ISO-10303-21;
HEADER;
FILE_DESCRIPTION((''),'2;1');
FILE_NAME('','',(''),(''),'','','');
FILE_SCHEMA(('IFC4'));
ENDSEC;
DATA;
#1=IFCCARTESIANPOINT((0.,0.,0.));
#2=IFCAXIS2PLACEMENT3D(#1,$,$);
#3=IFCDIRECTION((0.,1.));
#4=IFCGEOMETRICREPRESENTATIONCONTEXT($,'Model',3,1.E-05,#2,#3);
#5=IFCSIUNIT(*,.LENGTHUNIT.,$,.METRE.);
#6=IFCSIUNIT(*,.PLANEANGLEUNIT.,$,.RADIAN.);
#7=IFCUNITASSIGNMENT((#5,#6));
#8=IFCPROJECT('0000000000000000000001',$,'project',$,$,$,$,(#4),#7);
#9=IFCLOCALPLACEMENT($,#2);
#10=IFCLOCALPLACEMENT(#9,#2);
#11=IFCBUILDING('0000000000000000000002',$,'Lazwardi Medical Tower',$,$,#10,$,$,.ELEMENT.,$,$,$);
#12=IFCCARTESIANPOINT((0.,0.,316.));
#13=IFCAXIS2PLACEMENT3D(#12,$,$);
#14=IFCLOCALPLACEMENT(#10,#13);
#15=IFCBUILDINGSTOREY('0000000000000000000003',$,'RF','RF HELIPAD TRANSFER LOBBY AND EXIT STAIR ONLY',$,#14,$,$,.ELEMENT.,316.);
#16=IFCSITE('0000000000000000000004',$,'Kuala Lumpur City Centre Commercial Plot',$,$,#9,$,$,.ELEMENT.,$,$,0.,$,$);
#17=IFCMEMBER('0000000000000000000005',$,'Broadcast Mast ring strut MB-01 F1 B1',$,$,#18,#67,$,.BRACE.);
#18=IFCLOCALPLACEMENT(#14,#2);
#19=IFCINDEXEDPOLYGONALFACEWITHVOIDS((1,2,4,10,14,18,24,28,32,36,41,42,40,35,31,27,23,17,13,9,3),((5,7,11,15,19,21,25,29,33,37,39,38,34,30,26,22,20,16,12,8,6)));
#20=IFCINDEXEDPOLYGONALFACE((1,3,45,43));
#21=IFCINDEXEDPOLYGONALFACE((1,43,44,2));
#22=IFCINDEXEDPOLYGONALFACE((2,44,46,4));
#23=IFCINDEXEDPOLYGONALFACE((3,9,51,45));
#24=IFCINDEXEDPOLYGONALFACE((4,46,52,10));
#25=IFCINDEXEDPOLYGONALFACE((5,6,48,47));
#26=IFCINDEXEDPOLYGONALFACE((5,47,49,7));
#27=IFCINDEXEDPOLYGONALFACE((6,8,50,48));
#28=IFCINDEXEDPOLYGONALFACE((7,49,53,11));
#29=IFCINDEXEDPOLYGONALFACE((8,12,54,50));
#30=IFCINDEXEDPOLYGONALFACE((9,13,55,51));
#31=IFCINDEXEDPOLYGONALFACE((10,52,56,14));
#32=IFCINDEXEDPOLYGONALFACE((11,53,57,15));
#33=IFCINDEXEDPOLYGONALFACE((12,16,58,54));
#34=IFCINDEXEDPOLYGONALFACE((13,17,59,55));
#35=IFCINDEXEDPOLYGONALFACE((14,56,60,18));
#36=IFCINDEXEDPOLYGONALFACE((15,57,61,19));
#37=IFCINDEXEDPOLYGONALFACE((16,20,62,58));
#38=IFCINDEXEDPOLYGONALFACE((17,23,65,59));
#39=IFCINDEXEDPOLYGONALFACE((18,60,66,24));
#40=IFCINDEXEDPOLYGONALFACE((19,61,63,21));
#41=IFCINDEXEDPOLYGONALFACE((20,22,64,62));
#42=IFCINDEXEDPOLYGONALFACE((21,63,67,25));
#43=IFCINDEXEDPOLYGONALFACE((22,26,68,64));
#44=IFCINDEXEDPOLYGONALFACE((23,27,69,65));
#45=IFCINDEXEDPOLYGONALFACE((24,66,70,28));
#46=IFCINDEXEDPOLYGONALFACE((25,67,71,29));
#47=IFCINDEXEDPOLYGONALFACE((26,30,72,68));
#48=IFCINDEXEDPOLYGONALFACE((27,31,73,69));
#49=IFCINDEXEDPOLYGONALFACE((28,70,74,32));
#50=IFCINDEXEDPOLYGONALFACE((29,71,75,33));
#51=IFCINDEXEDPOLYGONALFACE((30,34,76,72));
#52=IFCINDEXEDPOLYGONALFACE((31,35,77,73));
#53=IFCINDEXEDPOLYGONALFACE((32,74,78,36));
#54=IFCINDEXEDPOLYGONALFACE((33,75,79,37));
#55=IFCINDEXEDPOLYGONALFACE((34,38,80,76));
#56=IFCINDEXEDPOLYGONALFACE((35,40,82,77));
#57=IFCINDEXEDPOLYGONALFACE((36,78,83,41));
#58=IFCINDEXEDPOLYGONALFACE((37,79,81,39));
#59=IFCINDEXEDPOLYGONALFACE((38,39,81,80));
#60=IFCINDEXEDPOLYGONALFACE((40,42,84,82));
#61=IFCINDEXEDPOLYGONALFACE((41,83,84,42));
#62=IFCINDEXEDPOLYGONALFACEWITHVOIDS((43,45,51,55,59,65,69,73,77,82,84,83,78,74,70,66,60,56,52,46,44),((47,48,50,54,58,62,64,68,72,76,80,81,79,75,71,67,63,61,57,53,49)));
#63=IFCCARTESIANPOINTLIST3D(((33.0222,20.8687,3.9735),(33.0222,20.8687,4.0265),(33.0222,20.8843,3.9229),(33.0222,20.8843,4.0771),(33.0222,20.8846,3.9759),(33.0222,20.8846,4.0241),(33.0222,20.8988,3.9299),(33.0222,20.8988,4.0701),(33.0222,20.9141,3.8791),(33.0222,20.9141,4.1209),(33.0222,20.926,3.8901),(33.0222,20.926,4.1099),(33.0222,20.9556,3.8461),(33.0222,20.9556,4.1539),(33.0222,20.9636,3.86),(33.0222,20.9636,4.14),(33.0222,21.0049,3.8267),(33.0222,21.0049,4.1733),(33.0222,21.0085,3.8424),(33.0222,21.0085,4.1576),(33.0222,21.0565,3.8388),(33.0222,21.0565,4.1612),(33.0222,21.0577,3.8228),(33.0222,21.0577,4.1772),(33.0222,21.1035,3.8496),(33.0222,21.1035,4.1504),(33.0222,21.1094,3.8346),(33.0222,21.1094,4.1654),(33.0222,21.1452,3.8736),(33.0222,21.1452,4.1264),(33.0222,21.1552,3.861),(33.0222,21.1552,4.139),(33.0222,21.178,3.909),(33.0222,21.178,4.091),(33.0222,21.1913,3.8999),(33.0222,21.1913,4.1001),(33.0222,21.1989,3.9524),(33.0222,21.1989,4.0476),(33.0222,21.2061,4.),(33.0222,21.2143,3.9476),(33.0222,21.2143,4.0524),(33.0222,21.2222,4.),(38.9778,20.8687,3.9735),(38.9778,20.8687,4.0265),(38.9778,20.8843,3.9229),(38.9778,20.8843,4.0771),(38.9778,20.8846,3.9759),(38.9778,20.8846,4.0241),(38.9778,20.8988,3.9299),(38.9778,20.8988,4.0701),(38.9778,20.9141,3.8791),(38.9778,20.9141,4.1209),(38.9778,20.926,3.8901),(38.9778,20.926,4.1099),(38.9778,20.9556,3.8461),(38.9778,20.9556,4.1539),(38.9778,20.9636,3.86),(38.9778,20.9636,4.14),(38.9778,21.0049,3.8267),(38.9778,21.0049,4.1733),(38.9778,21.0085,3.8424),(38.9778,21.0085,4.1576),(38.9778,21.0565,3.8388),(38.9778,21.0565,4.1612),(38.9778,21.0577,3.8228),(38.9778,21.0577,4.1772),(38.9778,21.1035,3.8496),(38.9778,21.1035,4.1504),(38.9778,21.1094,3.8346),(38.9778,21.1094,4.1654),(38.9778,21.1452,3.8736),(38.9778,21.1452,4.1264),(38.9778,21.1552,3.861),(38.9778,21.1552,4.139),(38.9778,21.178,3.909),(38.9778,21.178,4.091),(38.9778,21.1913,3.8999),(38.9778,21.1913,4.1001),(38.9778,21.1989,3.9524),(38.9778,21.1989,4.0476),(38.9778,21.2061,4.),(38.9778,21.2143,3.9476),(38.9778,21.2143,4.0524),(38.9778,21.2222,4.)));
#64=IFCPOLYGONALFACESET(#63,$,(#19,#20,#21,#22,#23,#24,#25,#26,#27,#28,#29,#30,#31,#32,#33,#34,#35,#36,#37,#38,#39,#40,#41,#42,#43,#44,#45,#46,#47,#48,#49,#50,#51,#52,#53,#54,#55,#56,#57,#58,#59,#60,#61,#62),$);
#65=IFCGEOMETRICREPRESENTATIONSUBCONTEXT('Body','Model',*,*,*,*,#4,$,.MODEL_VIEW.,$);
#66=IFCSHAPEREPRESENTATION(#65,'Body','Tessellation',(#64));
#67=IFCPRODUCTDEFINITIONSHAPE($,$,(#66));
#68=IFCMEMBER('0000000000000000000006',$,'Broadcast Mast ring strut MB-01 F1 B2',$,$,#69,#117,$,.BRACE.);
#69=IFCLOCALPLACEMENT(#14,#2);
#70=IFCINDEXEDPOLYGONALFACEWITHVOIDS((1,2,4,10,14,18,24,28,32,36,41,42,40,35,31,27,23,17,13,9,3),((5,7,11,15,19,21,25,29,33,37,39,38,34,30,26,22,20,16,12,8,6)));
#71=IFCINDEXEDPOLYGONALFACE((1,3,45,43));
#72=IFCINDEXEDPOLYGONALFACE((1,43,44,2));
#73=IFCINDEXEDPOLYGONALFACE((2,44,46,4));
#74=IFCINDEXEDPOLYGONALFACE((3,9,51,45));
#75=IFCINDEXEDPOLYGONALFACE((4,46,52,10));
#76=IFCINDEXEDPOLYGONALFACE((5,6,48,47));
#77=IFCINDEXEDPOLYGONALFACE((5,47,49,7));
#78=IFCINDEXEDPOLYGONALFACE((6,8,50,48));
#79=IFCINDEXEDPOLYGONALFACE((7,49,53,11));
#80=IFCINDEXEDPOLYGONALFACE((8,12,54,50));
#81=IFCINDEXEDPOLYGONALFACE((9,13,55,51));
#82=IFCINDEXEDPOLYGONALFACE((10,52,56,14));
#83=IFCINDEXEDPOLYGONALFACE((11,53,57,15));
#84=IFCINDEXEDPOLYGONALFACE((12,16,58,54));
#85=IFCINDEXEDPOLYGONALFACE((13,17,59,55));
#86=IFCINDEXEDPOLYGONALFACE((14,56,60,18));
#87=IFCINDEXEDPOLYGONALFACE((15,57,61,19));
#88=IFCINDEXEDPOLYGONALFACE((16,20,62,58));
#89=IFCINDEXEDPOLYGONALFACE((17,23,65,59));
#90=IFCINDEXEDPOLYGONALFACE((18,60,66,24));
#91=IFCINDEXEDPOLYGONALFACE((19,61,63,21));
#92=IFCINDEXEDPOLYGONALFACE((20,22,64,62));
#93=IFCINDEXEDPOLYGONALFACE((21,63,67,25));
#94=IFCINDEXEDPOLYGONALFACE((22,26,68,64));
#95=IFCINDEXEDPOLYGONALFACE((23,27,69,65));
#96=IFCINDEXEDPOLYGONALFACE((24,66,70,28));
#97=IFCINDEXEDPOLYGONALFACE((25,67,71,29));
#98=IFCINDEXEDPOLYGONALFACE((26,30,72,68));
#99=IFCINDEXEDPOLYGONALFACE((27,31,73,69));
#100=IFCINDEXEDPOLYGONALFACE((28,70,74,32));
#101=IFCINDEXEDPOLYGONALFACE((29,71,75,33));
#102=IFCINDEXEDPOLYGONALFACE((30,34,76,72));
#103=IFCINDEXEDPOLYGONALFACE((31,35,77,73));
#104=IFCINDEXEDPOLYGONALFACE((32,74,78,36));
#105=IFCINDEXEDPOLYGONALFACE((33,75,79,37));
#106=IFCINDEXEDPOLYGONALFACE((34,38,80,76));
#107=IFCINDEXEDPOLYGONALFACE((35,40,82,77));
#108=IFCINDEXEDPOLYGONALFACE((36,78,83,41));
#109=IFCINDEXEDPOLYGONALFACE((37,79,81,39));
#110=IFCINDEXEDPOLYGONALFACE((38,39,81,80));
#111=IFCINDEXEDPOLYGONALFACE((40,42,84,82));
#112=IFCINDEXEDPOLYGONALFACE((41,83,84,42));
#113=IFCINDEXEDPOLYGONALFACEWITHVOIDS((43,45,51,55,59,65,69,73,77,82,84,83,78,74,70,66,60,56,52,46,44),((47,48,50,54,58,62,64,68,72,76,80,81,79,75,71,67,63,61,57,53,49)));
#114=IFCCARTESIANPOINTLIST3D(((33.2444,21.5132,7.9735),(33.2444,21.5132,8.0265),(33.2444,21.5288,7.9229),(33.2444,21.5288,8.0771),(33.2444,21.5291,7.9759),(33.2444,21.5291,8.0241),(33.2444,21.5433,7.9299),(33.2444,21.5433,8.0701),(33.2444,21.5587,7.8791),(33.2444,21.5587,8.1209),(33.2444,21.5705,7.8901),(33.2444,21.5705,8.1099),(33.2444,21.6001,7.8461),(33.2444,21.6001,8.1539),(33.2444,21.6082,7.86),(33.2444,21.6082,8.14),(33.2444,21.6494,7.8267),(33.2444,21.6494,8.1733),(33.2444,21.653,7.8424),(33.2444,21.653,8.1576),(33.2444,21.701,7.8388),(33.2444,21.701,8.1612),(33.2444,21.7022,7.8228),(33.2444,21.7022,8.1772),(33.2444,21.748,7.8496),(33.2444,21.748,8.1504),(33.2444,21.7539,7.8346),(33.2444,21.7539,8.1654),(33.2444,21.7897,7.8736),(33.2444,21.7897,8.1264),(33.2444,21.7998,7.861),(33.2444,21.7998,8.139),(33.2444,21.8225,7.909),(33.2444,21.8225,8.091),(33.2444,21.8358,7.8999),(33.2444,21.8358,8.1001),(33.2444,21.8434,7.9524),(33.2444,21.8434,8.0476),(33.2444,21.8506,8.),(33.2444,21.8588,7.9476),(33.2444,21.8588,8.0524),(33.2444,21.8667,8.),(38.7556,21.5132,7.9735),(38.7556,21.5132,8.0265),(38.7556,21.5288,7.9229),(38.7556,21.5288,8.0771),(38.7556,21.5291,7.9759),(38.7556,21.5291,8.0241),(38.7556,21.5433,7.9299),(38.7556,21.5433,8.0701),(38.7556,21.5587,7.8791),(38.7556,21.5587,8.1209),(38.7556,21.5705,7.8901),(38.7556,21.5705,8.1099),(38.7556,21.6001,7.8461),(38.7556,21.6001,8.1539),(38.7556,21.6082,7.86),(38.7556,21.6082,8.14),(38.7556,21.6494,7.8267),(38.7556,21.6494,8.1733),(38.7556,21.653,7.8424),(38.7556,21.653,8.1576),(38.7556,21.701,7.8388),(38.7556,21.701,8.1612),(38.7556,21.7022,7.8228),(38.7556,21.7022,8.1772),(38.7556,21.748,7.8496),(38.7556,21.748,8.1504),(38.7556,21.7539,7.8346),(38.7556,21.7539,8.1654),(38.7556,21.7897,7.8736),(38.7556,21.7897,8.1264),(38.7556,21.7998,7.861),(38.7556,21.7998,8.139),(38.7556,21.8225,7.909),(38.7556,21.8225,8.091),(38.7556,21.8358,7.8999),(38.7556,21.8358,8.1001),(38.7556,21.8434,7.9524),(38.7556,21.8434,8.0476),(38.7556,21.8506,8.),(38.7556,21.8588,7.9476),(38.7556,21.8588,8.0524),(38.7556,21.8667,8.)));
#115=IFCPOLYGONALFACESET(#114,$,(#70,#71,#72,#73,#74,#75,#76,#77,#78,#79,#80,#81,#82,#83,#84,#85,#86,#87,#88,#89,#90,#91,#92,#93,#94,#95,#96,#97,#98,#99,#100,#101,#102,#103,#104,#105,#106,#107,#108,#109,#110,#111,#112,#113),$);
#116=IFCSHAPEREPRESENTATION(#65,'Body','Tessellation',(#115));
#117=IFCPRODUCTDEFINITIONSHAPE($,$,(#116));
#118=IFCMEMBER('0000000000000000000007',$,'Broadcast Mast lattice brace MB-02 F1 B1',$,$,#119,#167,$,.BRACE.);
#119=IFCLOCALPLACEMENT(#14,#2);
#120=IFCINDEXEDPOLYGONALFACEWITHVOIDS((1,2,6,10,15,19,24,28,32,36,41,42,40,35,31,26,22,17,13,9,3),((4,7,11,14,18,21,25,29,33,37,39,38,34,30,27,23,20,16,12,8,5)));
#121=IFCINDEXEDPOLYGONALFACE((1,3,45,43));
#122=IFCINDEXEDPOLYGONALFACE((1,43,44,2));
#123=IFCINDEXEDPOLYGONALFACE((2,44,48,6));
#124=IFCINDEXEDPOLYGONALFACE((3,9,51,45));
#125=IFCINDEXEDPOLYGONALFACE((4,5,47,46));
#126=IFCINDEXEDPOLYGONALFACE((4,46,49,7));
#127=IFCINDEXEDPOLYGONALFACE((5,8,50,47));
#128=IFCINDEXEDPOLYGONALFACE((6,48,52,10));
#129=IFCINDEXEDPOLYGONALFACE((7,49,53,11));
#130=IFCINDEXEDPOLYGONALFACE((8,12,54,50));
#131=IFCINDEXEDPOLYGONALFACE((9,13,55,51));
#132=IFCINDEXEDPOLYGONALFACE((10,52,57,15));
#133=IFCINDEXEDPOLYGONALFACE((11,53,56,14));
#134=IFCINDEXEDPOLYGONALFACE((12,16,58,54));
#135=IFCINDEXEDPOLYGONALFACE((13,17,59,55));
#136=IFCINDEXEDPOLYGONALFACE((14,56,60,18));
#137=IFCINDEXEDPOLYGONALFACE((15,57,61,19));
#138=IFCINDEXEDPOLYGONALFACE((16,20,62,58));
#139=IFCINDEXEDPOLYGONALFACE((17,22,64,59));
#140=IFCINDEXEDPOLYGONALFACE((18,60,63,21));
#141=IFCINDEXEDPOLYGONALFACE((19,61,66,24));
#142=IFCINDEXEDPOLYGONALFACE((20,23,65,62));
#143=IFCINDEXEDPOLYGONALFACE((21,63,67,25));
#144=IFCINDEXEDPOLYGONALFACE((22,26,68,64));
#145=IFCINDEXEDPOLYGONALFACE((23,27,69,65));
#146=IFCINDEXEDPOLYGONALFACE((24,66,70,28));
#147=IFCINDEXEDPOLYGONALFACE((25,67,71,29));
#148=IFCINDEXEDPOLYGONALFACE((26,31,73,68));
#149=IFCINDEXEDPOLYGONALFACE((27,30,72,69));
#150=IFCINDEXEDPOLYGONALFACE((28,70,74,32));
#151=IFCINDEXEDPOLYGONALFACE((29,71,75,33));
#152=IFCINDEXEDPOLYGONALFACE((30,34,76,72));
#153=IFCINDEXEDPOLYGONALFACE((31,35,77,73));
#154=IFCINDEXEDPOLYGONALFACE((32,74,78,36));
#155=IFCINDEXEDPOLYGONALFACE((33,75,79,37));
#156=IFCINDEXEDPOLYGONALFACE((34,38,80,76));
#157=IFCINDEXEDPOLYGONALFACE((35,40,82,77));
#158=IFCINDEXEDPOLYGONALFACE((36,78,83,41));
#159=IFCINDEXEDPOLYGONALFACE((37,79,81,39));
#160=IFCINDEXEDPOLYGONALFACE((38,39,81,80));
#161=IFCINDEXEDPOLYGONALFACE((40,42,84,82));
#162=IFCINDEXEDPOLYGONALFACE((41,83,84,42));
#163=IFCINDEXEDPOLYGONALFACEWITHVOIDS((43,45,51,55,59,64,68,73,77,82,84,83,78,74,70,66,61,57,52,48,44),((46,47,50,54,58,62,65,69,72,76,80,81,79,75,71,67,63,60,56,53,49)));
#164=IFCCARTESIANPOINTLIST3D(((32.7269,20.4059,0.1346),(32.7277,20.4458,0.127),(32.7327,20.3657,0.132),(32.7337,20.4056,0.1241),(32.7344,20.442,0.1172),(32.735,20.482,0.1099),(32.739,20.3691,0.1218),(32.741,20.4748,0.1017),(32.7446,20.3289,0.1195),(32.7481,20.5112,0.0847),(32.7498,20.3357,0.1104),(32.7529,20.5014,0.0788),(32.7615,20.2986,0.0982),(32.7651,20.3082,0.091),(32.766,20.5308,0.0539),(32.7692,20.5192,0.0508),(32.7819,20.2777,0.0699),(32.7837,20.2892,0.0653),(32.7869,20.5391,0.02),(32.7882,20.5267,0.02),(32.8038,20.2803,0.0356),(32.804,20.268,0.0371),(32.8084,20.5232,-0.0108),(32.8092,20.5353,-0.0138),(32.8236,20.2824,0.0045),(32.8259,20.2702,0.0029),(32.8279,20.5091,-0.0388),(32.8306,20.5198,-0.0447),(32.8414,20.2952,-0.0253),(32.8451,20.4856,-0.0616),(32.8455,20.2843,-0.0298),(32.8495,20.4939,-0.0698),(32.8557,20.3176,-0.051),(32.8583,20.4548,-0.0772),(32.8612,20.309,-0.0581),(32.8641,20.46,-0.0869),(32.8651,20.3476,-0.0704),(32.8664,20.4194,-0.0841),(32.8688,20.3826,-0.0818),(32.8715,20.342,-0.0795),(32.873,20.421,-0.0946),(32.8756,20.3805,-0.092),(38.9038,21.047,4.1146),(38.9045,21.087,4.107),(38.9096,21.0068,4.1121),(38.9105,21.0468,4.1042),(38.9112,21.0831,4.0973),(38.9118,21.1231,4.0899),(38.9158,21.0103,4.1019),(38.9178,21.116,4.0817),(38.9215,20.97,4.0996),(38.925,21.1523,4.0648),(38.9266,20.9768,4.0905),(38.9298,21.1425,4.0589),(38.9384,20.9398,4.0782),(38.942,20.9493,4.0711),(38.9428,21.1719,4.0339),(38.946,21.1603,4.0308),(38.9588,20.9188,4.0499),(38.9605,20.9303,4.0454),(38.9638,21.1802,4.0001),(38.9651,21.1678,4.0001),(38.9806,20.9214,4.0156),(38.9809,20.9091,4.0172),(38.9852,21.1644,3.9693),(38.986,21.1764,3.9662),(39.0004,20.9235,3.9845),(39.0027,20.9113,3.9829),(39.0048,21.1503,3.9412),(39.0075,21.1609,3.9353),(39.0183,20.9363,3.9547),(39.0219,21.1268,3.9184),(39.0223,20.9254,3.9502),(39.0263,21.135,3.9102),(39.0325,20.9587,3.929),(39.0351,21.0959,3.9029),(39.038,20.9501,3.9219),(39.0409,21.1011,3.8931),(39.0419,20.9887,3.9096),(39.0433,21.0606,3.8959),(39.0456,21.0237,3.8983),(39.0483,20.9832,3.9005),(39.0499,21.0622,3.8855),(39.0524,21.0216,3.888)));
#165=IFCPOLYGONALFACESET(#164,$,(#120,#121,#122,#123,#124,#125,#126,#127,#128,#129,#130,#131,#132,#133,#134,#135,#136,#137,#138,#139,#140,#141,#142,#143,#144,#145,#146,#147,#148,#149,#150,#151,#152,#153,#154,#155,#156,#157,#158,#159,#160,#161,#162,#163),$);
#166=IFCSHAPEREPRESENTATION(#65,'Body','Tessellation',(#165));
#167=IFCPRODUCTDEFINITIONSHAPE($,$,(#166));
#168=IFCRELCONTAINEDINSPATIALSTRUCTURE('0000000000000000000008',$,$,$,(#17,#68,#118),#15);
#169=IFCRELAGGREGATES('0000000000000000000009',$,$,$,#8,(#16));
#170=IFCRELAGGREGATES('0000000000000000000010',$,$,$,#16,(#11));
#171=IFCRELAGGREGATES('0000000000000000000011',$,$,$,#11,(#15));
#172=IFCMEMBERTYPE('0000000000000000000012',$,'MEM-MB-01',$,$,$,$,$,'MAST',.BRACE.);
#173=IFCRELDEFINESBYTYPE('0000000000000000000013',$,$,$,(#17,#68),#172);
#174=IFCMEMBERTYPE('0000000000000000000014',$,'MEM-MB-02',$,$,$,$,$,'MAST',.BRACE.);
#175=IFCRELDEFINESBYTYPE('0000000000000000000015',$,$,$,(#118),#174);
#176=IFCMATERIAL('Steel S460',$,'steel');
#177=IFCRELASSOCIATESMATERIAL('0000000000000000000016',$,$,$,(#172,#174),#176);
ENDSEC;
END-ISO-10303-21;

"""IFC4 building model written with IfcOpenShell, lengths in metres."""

from ifc_helpers import new_model, si_unit, direction, frame, origin, origin_2d, place, context, subcontext, project, spatial, hollow_circle, extrude, material, material_profile, profile_set, type_object, element, save


model = new_model("IFC4")

# Units and contexts
model_context = context("Model", 3, precision=1e-05, world=origin(), true_north=direction((0.0, 1.0)))
body_context = subcontext(model_context, "Body", "Model", "MODEL_VIEW")
ifc_project = project(units=[si_unit("LENGTHUNIT", "METRE"), si_unit("PLANEANGLEUNIT", "RADIAN")], contexts=[model_context])

# Site, building, storey
site_placement = place(None, origin())
site = spatial("IfcSite", under=ifc_project, at=site_placement, Name="Kuala Lumpur City Centre Commercial Plot", CompositionType="ELEMENT", RefElevation=0.0)
building_placement = place(site_placement, origin())
building = spatial("IfcBuilding", under=site, at=building_placement, Name="Lazwardi Medical Tower", CompositionType="ELEMENT")
storey_placement = place(building_placement, frame((0.0, 0.0, 316.0)))
storey = spatial("IfcBuildingStorey", under=building, at=storey_placement, Name="RF", Description="RF HELIPAD TRANSFER LOBBY AND EXIT STAIR ONLY", CompositionType="ELEMENT", Elevation=316.0)

# Members
ifc_material_1 = material(Name="Steel S460", Category="steel")
ifc_material_profile_1 = material_profile(ifc_material_1, hollow_circle(Radius=0.1777, WallThickness=0.0161, at=origin_2d()), Name="CHS 355.6x16")
ifc_profile_set_1 = profile_set([ifc_material_profile_1], Name="Steel S460")
member_type_1 = type_object("IfcMemberType", Name="MEM-MB-01", ElementType="MAST", PredefinedType="BRACE", material=ifc_profile_set_1)
member_1_placement = place(storey_placement, frame((33.0222, 21.0444, 4.0), z_axis=(1.0, 0.0, 0.0), x_axis=(0.0, 1.0, 0.0)))
element("IfcMember", 1, at=member_1_placement, inside=storey, type_object=member_type_1, Name="Broadcast Mast ring strut MB-01 F1 B1", PredefinedType="BRACE", context=body_context, shape_type="SweptSolid", body=[
    extrude(hollow_circle(Radius=0.1777, WallThickness=0.0161, at=origin_2d()), origin(), (0.0, 0.0, 1.0), 5.9556),
])
member_2_placement = place(storey_placement, frame((33.2444, 21.689, 8.0), z_axis=(1.0, 0.0, 0.0), x_axis=(0.0, 1.0, 0.0)))
element("IfcMember", 2, at=member_2_placement, inside=storey, type_object=member_type_1, Name="Broadcast Mast ring strut MB-01 F1 B2", PredefinedType="BRACE", context=body_context, shape_type="SweptSolid", body=[
    extrude(hollow_circle(Radius=0.1777, WallThickness=0.0161, at=origin_2d()), origin(), (0.0, 0.0, 1.0), 5.5112),
])
ifc_material_profile_2 = material_profile(ifc_material_1, hollow_circle(Radius=0.1365, WallThickness=0.0125, at=origin_2d()), Name="CHS 273x12.5")
ifc_profile_set_2 = profile_set([ifc_material_profile_2], Name="Steel S460")
member_type_2 = type_object("IfcMemberType", Name="MEM-MB-02", ElementType="MAST", PredefinedType="BRACE", material=ifc_profile_set_2)
member_3_placement = place(storey_placement, frame((32.801, 20.4033, 0.02), z_axis=(0.837427, 0.08692, 0.539594), x_axis=(-0.10324, 0.994656, 0.0)))
element("IfcMember", 3, at=member_3_placement, inside=storey, type_object=member_type_2, Name="Broadcast Mast lattice brace MB-02 F1 B1", PredefinedType="BRACE", context=body_context, shape_type="SweptSolid", body=[
    extrude(hollow_circle(Radius=0.1365, WallThickness=0.0125, at=origin_2d()), origin(), (0.0, 0.0, 1.0), 7.376),
])

save(model, "model.ifc")
